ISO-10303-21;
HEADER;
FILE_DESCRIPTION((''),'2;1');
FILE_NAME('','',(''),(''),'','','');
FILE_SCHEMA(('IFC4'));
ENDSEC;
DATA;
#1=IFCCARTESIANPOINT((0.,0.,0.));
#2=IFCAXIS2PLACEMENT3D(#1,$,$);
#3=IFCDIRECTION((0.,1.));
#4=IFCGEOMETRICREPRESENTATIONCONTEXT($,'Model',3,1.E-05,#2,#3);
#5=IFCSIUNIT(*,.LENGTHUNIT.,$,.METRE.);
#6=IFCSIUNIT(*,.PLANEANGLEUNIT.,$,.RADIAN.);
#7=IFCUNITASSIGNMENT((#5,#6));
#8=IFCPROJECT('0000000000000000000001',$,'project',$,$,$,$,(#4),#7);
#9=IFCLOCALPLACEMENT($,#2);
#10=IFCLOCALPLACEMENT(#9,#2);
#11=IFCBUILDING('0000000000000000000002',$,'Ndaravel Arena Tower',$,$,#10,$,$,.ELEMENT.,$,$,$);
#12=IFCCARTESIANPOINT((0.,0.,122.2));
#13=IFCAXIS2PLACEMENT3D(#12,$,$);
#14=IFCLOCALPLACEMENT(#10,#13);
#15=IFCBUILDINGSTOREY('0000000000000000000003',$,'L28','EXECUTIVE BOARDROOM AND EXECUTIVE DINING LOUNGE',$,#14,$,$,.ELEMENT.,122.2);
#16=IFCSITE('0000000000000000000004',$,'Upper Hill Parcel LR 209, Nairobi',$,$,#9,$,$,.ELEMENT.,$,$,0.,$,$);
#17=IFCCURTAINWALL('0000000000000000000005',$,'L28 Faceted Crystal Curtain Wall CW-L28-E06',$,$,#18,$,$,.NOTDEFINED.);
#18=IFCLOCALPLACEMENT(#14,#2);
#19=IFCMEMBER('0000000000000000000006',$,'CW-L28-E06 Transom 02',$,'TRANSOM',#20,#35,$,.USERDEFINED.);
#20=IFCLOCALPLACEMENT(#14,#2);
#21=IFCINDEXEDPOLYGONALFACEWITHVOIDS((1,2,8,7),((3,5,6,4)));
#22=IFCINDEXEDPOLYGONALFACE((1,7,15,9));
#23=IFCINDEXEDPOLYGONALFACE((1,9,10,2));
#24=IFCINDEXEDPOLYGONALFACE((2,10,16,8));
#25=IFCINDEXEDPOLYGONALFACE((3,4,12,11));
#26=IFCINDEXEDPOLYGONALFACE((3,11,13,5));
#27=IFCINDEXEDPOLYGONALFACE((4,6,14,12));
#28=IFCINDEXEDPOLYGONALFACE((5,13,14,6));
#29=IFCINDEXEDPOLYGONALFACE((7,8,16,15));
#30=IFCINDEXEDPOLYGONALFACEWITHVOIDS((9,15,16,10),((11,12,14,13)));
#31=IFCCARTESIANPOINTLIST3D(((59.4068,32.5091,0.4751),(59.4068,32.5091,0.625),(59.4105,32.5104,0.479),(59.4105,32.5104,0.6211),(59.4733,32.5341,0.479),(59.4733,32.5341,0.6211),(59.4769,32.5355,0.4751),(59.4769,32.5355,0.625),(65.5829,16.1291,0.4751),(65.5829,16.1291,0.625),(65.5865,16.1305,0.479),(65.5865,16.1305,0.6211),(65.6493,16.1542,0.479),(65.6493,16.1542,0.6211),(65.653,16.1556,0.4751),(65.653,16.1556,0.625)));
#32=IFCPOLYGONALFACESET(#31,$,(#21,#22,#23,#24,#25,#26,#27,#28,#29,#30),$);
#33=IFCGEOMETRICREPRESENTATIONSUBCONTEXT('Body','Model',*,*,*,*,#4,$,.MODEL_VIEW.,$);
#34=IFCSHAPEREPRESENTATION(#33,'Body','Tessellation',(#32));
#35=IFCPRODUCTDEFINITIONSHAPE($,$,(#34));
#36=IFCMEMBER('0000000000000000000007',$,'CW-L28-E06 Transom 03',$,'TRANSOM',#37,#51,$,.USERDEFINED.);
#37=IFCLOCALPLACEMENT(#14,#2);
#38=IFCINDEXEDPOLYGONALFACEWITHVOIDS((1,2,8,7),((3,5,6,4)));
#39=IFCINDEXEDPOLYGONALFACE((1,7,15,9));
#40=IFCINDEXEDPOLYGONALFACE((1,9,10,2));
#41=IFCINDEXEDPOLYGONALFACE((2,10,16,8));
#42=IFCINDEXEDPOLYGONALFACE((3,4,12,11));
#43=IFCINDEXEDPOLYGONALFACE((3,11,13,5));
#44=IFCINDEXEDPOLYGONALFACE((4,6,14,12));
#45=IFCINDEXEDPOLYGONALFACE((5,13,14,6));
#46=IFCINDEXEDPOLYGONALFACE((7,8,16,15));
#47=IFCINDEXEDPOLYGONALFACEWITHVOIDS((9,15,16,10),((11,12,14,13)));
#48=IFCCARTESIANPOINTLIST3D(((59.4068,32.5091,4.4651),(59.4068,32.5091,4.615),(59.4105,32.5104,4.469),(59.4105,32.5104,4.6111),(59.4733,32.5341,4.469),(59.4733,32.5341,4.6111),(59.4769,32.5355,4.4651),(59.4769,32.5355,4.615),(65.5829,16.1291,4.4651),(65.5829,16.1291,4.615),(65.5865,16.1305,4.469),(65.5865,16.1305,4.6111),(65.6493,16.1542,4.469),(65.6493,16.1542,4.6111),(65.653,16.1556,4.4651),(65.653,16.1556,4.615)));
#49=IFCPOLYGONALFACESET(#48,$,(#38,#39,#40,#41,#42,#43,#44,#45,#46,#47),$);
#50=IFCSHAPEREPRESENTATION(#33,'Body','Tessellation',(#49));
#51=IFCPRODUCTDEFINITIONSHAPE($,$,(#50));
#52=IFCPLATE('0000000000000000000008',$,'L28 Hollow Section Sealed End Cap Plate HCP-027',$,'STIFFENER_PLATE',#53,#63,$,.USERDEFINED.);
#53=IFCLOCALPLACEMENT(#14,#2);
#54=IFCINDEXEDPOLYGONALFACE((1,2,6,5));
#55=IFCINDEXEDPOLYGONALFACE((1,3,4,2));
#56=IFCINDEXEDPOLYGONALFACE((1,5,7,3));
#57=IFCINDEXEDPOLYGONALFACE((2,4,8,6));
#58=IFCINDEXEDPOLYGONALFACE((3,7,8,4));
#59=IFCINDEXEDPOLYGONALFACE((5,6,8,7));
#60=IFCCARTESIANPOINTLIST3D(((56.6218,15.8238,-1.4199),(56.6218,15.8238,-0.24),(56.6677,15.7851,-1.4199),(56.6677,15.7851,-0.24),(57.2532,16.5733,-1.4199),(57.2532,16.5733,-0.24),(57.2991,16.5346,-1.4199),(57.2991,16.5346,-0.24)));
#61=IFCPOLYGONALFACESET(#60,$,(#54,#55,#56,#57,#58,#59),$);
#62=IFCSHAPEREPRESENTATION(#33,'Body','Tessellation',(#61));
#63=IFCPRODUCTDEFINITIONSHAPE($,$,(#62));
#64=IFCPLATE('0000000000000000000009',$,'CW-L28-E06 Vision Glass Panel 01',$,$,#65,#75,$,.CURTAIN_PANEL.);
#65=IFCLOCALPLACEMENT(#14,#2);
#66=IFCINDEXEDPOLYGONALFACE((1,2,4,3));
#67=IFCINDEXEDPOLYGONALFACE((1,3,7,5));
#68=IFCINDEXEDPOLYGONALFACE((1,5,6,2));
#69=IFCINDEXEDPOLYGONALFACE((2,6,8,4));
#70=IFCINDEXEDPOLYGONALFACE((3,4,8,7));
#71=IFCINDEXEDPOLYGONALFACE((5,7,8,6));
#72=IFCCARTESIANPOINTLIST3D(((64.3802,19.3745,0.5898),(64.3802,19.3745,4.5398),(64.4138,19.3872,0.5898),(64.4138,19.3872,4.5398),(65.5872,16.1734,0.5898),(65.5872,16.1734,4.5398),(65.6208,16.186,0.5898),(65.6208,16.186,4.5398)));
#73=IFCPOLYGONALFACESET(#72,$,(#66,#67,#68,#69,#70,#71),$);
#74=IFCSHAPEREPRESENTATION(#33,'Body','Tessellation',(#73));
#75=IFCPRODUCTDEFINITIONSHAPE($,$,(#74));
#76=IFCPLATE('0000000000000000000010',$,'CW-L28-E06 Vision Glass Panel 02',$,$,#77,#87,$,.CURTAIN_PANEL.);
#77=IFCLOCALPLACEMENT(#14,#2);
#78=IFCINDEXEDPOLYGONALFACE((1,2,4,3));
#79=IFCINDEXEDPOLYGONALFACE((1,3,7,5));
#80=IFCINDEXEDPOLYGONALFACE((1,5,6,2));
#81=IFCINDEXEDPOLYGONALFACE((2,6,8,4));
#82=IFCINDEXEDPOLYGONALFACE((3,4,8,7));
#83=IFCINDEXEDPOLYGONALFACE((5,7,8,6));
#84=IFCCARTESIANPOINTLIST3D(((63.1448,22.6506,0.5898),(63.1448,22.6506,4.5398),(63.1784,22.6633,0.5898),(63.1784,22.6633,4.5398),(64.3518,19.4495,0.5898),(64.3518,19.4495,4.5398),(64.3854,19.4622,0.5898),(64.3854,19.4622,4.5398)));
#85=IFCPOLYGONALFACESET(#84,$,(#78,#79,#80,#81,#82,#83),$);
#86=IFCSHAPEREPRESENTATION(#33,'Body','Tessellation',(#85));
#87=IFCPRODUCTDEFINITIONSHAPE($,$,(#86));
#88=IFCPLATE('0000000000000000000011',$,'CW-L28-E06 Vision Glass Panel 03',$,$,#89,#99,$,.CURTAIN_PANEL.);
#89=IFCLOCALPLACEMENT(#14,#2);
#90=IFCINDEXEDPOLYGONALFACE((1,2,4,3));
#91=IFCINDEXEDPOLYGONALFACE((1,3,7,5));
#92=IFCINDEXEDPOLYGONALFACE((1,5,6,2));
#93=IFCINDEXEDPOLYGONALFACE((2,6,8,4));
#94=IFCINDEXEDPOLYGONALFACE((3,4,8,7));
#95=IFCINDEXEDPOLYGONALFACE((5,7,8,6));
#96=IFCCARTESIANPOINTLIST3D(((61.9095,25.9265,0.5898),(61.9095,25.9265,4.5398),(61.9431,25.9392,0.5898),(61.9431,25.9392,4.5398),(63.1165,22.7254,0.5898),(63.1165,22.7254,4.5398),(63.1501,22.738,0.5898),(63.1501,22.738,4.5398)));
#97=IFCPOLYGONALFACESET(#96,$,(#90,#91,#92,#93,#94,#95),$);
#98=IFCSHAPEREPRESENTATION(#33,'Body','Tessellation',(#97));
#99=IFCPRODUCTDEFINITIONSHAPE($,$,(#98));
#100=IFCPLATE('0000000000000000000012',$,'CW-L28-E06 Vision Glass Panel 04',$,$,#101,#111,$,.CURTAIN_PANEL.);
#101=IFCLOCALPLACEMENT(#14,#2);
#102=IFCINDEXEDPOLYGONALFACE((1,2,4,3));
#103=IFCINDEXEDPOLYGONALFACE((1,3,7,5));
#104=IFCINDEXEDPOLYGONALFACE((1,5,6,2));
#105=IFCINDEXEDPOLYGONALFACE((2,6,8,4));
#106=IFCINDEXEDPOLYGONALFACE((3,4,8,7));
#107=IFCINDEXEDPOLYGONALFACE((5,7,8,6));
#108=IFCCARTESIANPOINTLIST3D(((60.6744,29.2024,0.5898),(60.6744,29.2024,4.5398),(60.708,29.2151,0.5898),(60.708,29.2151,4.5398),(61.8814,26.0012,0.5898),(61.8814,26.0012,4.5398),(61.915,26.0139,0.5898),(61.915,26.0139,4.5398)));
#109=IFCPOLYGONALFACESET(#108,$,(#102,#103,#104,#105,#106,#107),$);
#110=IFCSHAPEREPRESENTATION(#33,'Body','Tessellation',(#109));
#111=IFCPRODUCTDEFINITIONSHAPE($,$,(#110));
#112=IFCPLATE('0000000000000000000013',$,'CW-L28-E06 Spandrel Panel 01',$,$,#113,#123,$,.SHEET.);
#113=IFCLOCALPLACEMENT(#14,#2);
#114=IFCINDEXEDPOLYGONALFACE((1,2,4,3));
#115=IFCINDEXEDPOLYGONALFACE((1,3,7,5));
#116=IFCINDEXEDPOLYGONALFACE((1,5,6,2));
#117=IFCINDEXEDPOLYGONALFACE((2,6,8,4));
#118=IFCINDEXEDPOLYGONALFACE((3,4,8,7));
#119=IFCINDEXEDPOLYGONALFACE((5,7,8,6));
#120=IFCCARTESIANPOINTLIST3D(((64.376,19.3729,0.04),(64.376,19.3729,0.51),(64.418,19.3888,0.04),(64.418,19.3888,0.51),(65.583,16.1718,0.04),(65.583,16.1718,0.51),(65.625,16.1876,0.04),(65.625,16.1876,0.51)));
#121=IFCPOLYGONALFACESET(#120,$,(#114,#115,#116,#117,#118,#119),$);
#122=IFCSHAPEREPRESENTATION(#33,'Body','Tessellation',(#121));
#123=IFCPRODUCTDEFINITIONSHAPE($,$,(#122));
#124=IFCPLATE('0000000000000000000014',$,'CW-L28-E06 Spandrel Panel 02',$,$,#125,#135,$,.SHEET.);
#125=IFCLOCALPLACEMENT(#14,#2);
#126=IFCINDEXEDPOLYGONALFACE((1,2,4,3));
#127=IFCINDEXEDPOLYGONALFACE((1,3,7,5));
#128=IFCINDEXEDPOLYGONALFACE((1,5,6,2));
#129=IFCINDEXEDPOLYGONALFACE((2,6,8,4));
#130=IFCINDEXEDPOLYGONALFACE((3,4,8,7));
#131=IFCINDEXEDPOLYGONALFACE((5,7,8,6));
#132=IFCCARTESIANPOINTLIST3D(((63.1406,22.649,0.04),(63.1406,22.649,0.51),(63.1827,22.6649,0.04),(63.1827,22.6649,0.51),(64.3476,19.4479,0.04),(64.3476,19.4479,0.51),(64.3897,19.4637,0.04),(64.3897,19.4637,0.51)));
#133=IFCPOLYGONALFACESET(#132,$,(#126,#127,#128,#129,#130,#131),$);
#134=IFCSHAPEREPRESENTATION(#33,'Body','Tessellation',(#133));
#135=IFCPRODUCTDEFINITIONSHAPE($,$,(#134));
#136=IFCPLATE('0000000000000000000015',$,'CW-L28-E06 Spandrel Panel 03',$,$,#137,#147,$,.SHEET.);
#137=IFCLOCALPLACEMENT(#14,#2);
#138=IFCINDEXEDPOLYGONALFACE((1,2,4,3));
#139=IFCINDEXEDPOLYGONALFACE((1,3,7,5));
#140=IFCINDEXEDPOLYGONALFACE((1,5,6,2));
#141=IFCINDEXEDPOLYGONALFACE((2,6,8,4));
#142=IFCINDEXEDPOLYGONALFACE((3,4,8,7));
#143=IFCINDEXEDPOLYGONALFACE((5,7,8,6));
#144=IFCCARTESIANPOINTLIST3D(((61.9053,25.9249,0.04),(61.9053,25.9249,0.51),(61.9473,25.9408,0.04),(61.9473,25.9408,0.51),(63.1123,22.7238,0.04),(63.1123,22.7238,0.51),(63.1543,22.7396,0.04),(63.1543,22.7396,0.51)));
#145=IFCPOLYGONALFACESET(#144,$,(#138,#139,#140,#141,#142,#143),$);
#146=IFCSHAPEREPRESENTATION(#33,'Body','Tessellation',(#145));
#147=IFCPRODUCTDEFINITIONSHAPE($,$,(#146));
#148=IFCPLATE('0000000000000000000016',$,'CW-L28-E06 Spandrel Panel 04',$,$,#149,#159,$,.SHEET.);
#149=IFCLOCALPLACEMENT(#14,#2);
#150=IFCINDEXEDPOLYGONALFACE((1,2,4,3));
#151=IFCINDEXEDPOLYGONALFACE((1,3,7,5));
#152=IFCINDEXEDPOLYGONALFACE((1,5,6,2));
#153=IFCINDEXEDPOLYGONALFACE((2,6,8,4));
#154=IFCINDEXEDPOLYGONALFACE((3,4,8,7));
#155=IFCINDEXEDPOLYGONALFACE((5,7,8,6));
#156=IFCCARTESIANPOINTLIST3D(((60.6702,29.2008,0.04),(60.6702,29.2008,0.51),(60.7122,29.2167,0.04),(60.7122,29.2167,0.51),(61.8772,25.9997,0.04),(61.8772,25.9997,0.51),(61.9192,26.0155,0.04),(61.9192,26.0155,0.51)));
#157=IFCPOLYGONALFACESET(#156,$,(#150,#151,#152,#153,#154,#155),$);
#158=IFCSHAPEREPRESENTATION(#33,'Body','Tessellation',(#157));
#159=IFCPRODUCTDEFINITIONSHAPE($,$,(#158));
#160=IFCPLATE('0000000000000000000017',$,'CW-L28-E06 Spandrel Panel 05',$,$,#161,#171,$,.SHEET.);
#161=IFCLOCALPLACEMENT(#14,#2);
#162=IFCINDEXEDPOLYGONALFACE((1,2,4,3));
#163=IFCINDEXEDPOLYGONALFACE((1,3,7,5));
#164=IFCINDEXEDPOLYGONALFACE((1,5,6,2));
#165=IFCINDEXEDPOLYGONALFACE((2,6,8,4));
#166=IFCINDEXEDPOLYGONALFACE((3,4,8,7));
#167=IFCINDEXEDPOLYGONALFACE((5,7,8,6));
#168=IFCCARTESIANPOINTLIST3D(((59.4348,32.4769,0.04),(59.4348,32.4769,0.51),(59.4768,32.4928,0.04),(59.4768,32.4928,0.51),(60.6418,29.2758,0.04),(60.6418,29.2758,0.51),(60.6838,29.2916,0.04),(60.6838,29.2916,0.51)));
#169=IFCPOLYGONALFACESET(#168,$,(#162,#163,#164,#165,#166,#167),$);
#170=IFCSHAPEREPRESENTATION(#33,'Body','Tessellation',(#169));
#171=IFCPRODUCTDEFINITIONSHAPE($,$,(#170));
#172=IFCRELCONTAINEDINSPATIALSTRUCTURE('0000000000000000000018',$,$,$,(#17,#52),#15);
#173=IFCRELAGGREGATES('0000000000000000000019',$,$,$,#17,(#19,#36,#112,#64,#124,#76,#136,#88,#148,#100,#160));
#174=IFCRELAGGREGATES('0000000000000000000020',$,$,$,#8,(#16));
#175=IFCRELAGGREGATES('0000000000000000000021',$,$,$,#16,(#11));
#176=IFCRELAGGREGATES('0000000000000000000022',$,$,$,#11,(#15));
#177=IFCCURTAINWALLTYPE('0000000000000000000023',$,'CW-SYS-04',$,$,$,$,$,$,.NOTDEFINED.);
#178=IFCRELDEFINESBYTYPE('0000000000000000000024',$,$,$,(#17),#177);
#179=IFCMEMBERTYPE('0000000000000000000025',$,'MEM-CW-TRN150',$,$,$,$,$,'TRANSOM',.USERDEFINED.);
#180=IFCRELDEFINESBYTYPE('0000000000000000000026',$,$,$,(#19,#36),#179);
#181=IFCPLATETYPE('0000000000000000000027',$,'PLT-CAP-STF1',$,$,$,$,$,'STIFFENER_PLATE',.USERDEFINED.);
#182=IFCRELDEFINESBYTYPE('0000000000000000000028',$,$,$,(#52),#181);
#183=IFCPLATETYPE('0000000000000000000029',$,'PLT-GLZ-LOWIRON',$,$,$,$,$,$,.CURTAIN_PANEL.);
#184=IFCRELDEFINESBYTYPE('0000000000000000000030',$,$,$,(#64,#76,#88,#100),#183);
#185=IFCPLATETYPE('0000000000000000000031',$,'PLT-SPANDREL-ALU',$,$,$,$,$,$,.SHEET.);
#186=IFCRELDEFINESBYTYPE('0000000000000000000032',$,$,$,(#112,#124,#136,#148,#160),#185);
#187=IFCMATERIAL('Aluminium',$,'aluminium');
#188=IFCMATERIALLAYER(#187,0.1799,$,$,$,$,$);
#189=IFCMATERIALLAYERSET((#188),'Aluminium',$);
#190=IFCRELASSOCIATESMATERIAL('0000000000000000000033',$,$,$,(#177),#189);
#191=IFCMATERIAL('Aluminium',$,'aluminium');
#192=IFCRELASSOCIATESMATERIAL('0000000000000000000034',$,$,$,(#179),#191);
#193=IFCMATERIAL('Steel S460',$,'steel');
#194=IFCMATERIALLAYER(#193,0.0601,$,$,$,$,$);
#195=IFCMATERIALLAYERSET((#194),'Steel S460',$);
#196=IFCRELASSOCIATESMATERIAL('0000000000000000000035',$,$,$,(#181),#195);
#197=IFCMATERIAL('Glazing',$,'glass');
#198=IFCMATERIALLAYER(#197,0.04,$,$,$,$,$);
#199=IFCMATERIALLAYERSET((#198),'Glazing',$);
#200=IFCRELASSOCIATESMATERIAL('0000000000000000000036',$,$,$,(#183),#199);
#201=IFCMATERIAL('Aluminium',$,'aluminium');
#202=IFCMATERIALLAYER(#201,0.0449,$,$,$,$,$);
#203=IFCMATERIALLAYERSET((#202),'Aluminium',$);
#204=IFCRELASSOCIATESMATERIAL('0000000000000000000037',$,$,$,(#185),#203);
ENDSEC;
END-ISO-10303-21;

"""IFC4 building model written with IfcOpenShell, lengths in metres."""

from ifc_helpers import new_model, si_unit, direction, frame, origin, origin_2d, place, context, subcontext, project, spatial, rectangle, hollow_rectangle, extrude, material, layer, layer_set, material_profile, profile_set, type_object, element, aggregate, save


model = new_model("IFC4")

# Units and contexts
model_context = context("Model", 3, precision=1e-05, world=origin(), true_north=direction((0.0, 1.0)))
body_context = subcontext(model_context, "Body", "Model", "MODEL_VIEW")
ifc_project = project(units=[si_unit("LENGTHUNIT", "METRE"), si_unit("PLANEANGLEUNIT", "RADIAN")], contexts=[model_context])

# Site, building, storey
site_placement = place(None, origin())
site = spatial("IfcSite", under=ifc_project, at=site_placement, Name="Upper Hill Parcel LR 209, Nairobi", CompositionType="ELEMENT", RefElevation=0.0)
building_placement = place(site_placement, origin())
building = spatial("IfcBuilding", under=site, at=building_placement, Name="Ndaravel Arena Tower", CompositionType="ELEMENT")
storey_placement = place(building_placement, frame((0.0, 0.0, 122.2)))
storey = spatial("IfcBuildingStorey", under=building, at=storey_placement, Name="L28", Description="EXECUTIVE BOARDROOM AND EXECUTIVE DINING LOUNGE", CompositionType="ELEMENT", Elevation=122.2)

# Curtain wall, members
ifc_material_1 = material(Name="Aluminium", Category="aluminium")
ifc_layer_1 = layer(ifc_material_1, 0.1799)
ifc_layer_set_1 = layer_set([ifc_layer_1], Name="Aluminium")
curtain_wall_type = type_object("IfcCurtainWallType", Name="CW-SYS-04", PredefinedType="NOTDEFINED", material=ifc_layer_set_1)
curtain_wall_placement = place(storey_placement, origin())
curtain_wall = element("IfcCurtainWall", 1, at=curtain_wall_placement, inside=storey, type_object=curtain_wall_type, Name="L28 Faceted Crystal Curtain Wall CW-L28-E06", PredefinedType="NOTDEFINED")
ifc_material_2 = material(Name="Aluminium", Category="aluminium")
ifc_material_profile_1 = material_profile(ifc_material_2, hollow_rectangle(XDim=0.075, YDim=0.1499, WallThickness=0.0039, at=origin_2d()), Name="CW TRANSOM 75x150x4")
ifc_profile_set_1 = profile_set([ifc_material_profile_1], Name="Aluminium")
member_type_1 = type_object("IfcMemberType", Name="MEM-CW-TRN150", ElementType="TRANSOM", PredefinedType="USERDEFINED", material=ifc_profile_set_1)
member_1_placement = place(storey_placement, frame((65.6179, 16.1423, 0.55), z_axis=(-0.352804, 0.935697, 0.0), x_axis=(-0.935697, -0.352804, 0.0)))
member_1 = element("IfcMember", 2, at=member_1_placement, type_object=member_type_1, Name="CW-L28-E06 Transom 02", ObjectType="TRANSOM", PredefinedType="USERDEFINED", context=body_context, shape_type="SweptSolid", body=[
    extrude(hollow_rectangle(XDim=0.075, YDim=0.1499, WallThickness=0.0039, at=origin_2d()), origin(), (0.0, 0.0, 1.0), 17.5056),
])
member_2_placement = place(storey_placement, frame((65.6179, 16.1423, 4.54), z_axis=(-0.352804, 0.935697, 0.0), x_axis=(-0.935697, -0.352804, 0.0)))
member_2 = element("IfcMember", 3, at=member_2_placement, type_object=member_type_1, Name="CW-L28-E06 Transom 03", ObjectType="TRANSOM", PredefinedType="USERDEFINED", context=body_context, shape_type="SweptSolid", body=[
    extrude(hollow_rectangle(XDim=0.075, YDim=0.1499, WallThickness=0.0039, at=origin_2d()), origin(), (0.0, 0.0, 1.0), 17.5056),
])

# Plates
ifc_material_3 = material(Name="Steel S460", Category="steel")
ifc_layer_2 = layer(ifc_material_3, 0.0601)
ifc_layer_set_2 = layer_set([ifc_layer_2], Name="Steel S460")
plate_type_1 = type_object("IfcPlateType", Name="PLT-CAP-STF1", ElementType="STIFFENER_PLATE", PredefinedType="USERDEFINED", material=ifc_layer_set_2)
plate_1_placement = place(storey_placement, frame((56.9604, 16.1792, -1.4199), z_axis=(0.0, 0.0, 1.0), x_axis=(0.764809, -0.644257, 0.0)))
element("IfcPlate", 4, at=plate_1_placement, inside=storey, type_object=plate_type_1, Name="L28 Hollow Section Sealed End Cap Plate HCP-027", ObjectType="STIFFENER_PLATE", PredefinedType="USERDEFINED", context=body_context, shape_type="SweptSolid", body=[
    extrude(rectangle(XDim=0.0601, YDim=0.98, at=origin_2d()), origin(), (0.0, 0.0, 1.0), 1.1799),
])
ifc_material_4 = material(Name="Glazing", Category="glass")
ifc_layer_3 = layer(ifc_material_4, 0.04)
ifc_layer_set_3 = layer_set([ifc_layer_3], Name="Glazing")
plate_type_2 = type_object("IfcPlateType", Name="PLT-GLZ-LOWIRON", PredefinedType="CURTAIN_PANEL", material=ifc_layer_set_3)
plate_2_placement = place(storey_placement, frame((65.0005, 17.7803, 0.5898), z_axis=(0.0, 0.0, 1.0), x_axis=(-0.352805, 0.935697, 0.0)))
plate_2 = element("IfcPlate", 5, at=plate_2_placement, type_object=plate_type_2, Name="CW-L28-E06 Vision Glass Panel 01", PredefinedType="CURTAIN_PANEL", context=body_context, shape_type="SweptSolid", body=[
    extrude(rectangle(XDim=3.4211, YDim=0.0359, at=origin_2d()), origin(), (0.0, 0.0, 1.0), 3.95),
])
plate_3_placement = place(storey_placement, frame((63.7651, 21.0564, 0.5898), z_axis=(0.0, 0.0, 1.0), x_axis=(-0.352805, 0.935697, 0.0)))
plate_3 = element("IfcPlate", 6, at=plate_3_placement, type_object=plate_type_2, Name="CW-L28-E06 Vision Glass Panel 02", PredefinedType="CURTAIN_PANEL", context=body_context, shape_type="SweptSolid", body=[
    extrude(rectangle(XDim=3.4211, YDim=0.0359, at=origin_2d()), origin(), (0.0, 0.0, 1.0), 3.95),
])
plate_4_placement = place(storey_placement, frame((62.5298, 24.3323, 0.5898), z_axis=(0.0, 0.0, 1.0), x_axis=(-0.352805, 0.935697, 0.0)))
plate_4 = element("IfcPlate", 7, at=plate_4_placement, type_object=plate_type_2, Name="CW-L28-E06 Vision Glass Panel 03", PredefinedType="CURTAIN_PANEL", context=body_context, shape_type="SweptSolid", body=[
    extrude(rectangle(XDim=3.4211, YDim=0.0359, at=origin_2d()), origin(), (0.0, 0.0, 1.0), 3.95),
])
plate_5_placement = place(storey_placement, frame((61.2947, 27.6082, 0.5898), z_axis=(0.0, 0.0, 1.0), x_axis=(-0.352805, 0.935697, 0.0)))
plate_5 = element("IfcPlate", 8, at=plate_5_placement, type_object=plate_type_2, Name="CW-L28-E06 Vision Glass Panel 04", PredefinedType="CURTAIN_PANEL", context=body_context, shape_type="SweptSolid", body=[
    extrude(rectangle(XDim=3.4211, YDim=0.0359, at=origin_2d()), origin(), (0.0, 0.0, 1.0), 3.95),
])
ifc_material_5 = material(Name="Aluminium", Category="aluminium")
ifc_layer_4 = layer(ifc_material_5, 0.0449)
ifc_layer_set_4 = layer_set([ifc_layer_4], Name="Aluminium")
plate_type_3 = type_object("IfcPlateType", Name="PLT-SPANDREL-ALU", PredefinedType="SHEET", material=ifc_layer_set_4)
plate_6_placement = place(storey_placement, frame((65.0005, 17.7803, 0.04), z_axis=(0.0, 0.0, 1.0), x_axis=(-0.352805, 0.935697, 0.0)))
plate_6 = element("IfcPlate", 9, at=plate_6_placement, type_object=plate_type_3, Name="CW-L28-E06 Spandrel Panel 01", PredefinedType="SHEET", context=body_context, shape_type="SweptSolid", body=[
    extrude(rectangle(XDim=3.4211, YDim=0.0449, at=origin_2d()), origin(), (0.0, 0.0, 1.0), 0.47),
])
plate_7_placement = place(storey_placement, frame((63.7651, 21.0564, 0.04), z_axis=(0.0, 0.0, 1.0), x_axis=(-0.352805, 0.935697, 0.0)))
plate_7 = element("IfcPlate", 10, at=plate_7_placement, type_object=plate_type_3, Name="CW-L28-E06 Spandrel Panel 02", PredefinedType="SHEET", context=body_context, shape_type="SweptSolid", body=[
    extrude(rectangle(XDim=3.4211, YDim=0.0449, at=origin_2d()), origin(), (0.0, 0.0, 1.0), 0.47),
])
plate_8_placement = place(storey_placement, frame((62.5298, 24.3323, 0.04), z_axis=(0.0, 0.0, 1.0), x_axis=(-0.352805, 0.935697, 0.0)))
plate_8 = element("IfcPlate", 11, at=plate_8_placement, type_object=plate_type_3, Name="CW-L28-E06 Spandrel Panel 03", PredefinedType="SHEET", context=body_context, shape_type="SweptSolid", body=[
    extrude(rectangle(XDim=3.4211, YDim=0.0449, at=origin_2d()), origin(), (0.0, 0.0, 1.0), 0.47),
])
plate_9_placement = place(storey_placement, frame((61.2947, 27.6082, 0.04), z_axis=(0.0, 0.0, 1.0), x_axis=(-0.352805, 0.935697, 0.0)))
plate_9 = element("IfcPlate", 12, at=plate_9_placement, type_object=plate_type_3, Name="CW-L28-E06 Spandrel Panel 04", PredefinedType="SHEET", context=body_context, shape_type="SweptSolid", body=[
    extrude(rectangle(XDim=3.4211, YDim=0.0449, at=origin_2d()), origin(), (0.0, 0.0, 1.0), 0.47),
])
plate_10_placement = place(storey_placement, frame((60.0593, 30.8843, 0.04), z_axis=(0.0, 0.0, 1.0), x_axis=(-0.352805, 0.935697, 0.0)))
plate_10 = element("IfcPlate", 13, at=plate_10_placement, type_object=plate_type_3, Name="CW-L28-E06 Spandrel Panel 05", PredefinedType="SHEET", context=body_context, shape_type="SweptSolid", body=[
    extrude(rectangle(XDim=3.4211, YDim=0.0449, at=origin_2d()), origin(), (0.0, 0.0, 1.0), 0.47),
])
aggregate(curtain_wall, [member_1, member_2, plate_6, plate_2, plate_7, plate_3, plate_8, plate_4, plate_9, plate_5, plate_10])

save(model, "model.ifc")
